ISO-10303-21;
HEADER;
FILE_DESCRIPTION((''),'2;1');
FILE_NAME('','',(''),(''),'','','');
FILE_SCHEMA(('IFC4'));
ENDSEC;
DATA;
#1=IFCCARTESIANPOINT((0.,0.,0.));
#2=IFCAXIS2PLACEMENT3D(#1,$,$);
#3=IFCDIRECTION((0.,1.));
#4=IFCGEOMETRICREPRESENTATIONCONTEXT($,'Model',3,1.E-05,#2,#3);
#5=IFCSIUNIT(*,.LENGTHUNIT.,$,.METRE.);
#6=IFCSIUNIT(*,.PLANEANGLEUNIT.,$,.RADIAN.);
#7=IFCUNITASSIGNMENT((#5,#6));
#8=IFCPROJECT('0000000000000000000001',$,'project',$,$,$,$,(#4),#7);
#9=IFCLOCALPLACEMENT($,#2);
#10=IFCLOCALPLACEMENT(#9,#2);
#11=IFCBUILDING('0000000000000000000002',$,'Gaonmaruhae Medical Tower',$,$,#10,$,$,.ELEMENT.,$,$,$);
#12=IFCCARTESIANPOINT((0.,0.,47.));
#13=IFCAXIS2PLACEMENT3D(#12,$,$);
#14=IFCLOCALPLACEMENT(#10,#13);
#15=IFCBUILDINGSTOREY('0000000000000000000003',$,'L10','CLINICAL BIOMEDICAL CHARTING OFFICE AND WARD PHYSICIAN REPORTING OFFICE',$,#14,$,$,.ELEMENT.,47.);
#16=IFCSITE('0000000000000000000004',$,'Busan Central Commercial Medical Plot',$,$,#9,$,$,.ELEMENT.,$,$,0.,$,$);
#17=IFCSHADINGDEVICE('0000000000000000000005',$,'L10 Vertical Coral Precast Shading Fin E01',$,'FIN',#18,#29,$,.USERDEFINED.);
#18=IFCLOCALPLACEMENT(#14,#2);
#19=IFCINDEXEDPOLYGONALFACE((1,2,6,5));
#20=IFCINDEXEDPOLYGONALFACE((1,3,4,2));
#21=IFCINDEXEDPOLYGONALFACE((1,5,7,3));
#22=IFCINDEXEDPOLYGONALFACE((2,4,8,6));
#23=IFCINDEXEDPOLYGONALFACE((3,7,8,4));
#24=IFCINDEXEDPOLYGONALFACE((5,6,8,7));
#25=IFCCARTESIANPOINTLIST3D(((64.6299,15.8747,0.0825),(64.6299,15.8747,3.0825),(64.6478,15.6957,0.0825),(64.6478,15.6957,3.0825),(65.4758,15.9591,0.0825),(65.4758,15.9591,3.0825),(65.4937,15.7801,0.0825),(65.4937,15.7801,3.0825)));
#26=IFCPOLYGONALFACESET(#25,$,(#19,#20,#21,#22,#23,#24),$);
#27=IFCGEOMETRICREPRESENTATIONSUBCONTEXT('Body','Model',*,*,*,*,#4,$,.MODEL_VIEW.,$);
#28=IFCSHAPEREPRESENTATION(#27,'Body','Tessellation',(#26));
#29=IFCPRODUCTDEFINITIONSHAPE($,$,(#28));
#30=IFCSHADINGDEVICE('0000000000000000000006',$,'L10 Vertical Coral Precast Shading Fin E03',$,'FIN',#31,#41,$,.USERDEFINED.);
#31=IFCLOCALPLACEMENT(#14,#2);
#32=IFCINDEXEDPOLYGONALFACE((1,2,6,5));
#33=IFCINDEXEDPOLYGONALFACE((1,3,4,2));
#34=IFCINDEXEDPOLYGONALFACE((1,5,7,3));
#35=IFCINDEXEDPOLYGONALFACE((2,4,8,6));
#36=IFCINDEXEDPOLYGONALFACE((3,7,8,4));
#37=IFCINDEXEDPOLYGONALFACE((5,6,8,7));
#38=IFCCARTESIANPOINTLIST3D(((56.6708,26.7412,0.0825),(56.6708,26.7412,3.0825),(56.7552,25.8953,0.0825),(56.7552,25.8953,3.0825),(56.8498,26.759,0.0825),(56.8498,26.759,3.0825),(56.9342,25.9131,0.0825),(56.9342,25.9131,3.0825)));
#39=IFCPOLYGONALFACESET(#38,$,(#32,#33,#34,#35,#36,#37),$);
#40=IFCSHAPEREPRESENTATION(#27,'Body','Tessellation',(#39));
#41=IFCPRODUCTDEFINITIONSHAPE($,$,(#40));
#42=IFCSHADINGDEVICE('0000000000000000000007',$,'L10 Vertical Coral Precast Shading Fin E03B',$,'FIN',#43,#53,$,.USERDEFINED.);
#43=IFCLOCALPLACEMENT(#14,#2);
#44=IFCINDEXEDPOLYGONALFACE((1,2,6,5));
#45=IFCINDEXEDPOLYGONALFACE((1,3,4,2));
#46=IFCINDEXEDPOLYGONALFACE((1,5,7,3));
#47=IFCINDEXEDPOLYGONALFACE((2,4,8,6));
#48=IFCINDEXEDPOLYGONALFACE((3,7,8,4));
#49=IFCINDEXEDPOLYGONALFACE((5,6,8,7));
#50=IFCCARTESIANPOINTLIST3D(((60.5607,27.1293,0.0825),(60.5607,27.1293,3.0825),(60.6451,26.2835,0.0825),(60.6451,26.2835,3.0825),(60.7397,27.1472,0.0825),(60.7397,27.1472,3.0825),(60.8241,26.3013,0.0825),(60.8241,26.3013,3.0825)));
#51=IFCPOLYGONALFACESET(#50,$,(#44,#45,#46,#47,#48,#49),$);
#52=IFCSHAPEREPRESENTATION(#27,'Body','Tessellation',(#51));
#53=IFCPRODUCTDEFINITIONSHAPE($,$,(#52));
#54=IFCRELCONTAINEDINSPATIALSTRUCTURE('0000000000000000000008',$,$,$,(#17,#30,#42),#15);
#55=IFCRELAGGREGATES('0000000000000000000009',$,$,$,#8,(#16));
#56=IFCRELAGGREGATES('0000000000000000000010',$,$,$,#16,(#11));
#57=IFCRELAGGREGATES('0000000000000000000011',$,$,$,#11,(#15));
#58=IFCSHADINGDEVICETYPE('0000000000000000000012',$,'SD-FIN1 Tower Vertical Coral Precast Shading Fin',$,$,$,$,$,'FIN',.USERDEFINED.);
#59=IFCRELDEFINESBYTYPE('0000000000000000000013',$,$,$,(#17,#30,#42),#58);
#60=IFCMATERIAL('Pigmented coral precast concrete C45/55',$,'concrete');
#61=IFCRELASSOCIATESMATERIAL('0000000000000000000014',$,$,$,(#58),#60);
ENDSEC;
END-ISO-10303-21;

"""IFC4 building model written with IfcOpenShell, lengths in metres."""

from ifc_helpers import new_model, si_unit, direction, frame, origin, origin_2d, place, context, subcontext, project, spatial, rectangle, extrude, material, type_object, element, save


model = new_model("IFC4")

# Units and contexts
model_context = context("Model", 3, precision=1e-05, world=origin(), true_north=direction((0.0, 1.0)))
body_context = subcontext(model_context, "Body", "Model", "MODEL_VIEW")
ifc_project = project(units=[si_unit("LENGTHUNIT", "METRE"), si_unit("PLANEANGLEUNIT", "RADIAN")], contexts=[model_context])

# Site, building, storey
site_placement = place(None, origin())
site = spatial("IfcSite", under=ifc_project, at=site_placement, Name="Busan Central Commercial Medical Plot", CompositionType="ELEMENT", RefElevation=0.0)
building_placement = place(site_placement, origin())
building = spatial("IfcBuilding", under=site, at=building_placement, Name="Gaonmaruhae Medical Tower", CompositionType="ELEMENT")
storey_placement = place(building_placement, frame((0.0, 0.0, 47.0)))
storey = spatial("IfcBuildingStorey", under=building, at=storey_placement, Name="L10", Description="CLINICAL BIOMEDICAL CHARTING OFFICE AND WARD PHYSICIAN REPORTING OFFICE", CompositionType="ELEMENT", Elevation=47.0)

# Shading devices
ifc_material_1 = material(Name="Pigmented coral precast concrete C45/55", Category="concrete")
shading_device_type = type_object("IfcShadingDeviceType", Name="SD-FIN1 Tower Vertical Coral Precast Shading Fin", ElementType="FIN", PredefinedType="USERDEFINED", material=ifc_material_1)
for number, where, z_axis, x_axis, name in (
    (1, (65.0618, 15.8274, 0.0825), (0.0, 0.0, 1.0), (0.09932, -0.995056, 0.0), "L10 Vertical Coral Precast Shading Fin E01"),
    (2, (56.8025, 26.3271, 0.0825), (0.0, 0.0, 1.0), (0.995057, 0.099302, 0.0), "L10 Vertical Coral Precast Shading Fin E03"),
    (3, (60.6924, 26.7153, 0.0825), (0.0, 0.0, 1.0), (0.995057, 0.099302, 0.0), "L10 Vertical Coral Precast Shading Fin E03B"),
):
    element("IfcShadingDevice", number, at=place(storey_placement, frame(where, z_axis=z_axis, x_axis=x_axis)), inside=storey, type_object=shading_device_type, Name=name, ObjectType="FIN", PredefinedType="USERDEFINED", context=body_context, shape_type="SweptSolid", body=[
        extrude(rectangle(XDim=0.1799, YDim=0.8501, at=origin_2d()), origin(), (0.0, 0.0, 1.0), 3.0),
    ])

save(model, "model.ifc")
